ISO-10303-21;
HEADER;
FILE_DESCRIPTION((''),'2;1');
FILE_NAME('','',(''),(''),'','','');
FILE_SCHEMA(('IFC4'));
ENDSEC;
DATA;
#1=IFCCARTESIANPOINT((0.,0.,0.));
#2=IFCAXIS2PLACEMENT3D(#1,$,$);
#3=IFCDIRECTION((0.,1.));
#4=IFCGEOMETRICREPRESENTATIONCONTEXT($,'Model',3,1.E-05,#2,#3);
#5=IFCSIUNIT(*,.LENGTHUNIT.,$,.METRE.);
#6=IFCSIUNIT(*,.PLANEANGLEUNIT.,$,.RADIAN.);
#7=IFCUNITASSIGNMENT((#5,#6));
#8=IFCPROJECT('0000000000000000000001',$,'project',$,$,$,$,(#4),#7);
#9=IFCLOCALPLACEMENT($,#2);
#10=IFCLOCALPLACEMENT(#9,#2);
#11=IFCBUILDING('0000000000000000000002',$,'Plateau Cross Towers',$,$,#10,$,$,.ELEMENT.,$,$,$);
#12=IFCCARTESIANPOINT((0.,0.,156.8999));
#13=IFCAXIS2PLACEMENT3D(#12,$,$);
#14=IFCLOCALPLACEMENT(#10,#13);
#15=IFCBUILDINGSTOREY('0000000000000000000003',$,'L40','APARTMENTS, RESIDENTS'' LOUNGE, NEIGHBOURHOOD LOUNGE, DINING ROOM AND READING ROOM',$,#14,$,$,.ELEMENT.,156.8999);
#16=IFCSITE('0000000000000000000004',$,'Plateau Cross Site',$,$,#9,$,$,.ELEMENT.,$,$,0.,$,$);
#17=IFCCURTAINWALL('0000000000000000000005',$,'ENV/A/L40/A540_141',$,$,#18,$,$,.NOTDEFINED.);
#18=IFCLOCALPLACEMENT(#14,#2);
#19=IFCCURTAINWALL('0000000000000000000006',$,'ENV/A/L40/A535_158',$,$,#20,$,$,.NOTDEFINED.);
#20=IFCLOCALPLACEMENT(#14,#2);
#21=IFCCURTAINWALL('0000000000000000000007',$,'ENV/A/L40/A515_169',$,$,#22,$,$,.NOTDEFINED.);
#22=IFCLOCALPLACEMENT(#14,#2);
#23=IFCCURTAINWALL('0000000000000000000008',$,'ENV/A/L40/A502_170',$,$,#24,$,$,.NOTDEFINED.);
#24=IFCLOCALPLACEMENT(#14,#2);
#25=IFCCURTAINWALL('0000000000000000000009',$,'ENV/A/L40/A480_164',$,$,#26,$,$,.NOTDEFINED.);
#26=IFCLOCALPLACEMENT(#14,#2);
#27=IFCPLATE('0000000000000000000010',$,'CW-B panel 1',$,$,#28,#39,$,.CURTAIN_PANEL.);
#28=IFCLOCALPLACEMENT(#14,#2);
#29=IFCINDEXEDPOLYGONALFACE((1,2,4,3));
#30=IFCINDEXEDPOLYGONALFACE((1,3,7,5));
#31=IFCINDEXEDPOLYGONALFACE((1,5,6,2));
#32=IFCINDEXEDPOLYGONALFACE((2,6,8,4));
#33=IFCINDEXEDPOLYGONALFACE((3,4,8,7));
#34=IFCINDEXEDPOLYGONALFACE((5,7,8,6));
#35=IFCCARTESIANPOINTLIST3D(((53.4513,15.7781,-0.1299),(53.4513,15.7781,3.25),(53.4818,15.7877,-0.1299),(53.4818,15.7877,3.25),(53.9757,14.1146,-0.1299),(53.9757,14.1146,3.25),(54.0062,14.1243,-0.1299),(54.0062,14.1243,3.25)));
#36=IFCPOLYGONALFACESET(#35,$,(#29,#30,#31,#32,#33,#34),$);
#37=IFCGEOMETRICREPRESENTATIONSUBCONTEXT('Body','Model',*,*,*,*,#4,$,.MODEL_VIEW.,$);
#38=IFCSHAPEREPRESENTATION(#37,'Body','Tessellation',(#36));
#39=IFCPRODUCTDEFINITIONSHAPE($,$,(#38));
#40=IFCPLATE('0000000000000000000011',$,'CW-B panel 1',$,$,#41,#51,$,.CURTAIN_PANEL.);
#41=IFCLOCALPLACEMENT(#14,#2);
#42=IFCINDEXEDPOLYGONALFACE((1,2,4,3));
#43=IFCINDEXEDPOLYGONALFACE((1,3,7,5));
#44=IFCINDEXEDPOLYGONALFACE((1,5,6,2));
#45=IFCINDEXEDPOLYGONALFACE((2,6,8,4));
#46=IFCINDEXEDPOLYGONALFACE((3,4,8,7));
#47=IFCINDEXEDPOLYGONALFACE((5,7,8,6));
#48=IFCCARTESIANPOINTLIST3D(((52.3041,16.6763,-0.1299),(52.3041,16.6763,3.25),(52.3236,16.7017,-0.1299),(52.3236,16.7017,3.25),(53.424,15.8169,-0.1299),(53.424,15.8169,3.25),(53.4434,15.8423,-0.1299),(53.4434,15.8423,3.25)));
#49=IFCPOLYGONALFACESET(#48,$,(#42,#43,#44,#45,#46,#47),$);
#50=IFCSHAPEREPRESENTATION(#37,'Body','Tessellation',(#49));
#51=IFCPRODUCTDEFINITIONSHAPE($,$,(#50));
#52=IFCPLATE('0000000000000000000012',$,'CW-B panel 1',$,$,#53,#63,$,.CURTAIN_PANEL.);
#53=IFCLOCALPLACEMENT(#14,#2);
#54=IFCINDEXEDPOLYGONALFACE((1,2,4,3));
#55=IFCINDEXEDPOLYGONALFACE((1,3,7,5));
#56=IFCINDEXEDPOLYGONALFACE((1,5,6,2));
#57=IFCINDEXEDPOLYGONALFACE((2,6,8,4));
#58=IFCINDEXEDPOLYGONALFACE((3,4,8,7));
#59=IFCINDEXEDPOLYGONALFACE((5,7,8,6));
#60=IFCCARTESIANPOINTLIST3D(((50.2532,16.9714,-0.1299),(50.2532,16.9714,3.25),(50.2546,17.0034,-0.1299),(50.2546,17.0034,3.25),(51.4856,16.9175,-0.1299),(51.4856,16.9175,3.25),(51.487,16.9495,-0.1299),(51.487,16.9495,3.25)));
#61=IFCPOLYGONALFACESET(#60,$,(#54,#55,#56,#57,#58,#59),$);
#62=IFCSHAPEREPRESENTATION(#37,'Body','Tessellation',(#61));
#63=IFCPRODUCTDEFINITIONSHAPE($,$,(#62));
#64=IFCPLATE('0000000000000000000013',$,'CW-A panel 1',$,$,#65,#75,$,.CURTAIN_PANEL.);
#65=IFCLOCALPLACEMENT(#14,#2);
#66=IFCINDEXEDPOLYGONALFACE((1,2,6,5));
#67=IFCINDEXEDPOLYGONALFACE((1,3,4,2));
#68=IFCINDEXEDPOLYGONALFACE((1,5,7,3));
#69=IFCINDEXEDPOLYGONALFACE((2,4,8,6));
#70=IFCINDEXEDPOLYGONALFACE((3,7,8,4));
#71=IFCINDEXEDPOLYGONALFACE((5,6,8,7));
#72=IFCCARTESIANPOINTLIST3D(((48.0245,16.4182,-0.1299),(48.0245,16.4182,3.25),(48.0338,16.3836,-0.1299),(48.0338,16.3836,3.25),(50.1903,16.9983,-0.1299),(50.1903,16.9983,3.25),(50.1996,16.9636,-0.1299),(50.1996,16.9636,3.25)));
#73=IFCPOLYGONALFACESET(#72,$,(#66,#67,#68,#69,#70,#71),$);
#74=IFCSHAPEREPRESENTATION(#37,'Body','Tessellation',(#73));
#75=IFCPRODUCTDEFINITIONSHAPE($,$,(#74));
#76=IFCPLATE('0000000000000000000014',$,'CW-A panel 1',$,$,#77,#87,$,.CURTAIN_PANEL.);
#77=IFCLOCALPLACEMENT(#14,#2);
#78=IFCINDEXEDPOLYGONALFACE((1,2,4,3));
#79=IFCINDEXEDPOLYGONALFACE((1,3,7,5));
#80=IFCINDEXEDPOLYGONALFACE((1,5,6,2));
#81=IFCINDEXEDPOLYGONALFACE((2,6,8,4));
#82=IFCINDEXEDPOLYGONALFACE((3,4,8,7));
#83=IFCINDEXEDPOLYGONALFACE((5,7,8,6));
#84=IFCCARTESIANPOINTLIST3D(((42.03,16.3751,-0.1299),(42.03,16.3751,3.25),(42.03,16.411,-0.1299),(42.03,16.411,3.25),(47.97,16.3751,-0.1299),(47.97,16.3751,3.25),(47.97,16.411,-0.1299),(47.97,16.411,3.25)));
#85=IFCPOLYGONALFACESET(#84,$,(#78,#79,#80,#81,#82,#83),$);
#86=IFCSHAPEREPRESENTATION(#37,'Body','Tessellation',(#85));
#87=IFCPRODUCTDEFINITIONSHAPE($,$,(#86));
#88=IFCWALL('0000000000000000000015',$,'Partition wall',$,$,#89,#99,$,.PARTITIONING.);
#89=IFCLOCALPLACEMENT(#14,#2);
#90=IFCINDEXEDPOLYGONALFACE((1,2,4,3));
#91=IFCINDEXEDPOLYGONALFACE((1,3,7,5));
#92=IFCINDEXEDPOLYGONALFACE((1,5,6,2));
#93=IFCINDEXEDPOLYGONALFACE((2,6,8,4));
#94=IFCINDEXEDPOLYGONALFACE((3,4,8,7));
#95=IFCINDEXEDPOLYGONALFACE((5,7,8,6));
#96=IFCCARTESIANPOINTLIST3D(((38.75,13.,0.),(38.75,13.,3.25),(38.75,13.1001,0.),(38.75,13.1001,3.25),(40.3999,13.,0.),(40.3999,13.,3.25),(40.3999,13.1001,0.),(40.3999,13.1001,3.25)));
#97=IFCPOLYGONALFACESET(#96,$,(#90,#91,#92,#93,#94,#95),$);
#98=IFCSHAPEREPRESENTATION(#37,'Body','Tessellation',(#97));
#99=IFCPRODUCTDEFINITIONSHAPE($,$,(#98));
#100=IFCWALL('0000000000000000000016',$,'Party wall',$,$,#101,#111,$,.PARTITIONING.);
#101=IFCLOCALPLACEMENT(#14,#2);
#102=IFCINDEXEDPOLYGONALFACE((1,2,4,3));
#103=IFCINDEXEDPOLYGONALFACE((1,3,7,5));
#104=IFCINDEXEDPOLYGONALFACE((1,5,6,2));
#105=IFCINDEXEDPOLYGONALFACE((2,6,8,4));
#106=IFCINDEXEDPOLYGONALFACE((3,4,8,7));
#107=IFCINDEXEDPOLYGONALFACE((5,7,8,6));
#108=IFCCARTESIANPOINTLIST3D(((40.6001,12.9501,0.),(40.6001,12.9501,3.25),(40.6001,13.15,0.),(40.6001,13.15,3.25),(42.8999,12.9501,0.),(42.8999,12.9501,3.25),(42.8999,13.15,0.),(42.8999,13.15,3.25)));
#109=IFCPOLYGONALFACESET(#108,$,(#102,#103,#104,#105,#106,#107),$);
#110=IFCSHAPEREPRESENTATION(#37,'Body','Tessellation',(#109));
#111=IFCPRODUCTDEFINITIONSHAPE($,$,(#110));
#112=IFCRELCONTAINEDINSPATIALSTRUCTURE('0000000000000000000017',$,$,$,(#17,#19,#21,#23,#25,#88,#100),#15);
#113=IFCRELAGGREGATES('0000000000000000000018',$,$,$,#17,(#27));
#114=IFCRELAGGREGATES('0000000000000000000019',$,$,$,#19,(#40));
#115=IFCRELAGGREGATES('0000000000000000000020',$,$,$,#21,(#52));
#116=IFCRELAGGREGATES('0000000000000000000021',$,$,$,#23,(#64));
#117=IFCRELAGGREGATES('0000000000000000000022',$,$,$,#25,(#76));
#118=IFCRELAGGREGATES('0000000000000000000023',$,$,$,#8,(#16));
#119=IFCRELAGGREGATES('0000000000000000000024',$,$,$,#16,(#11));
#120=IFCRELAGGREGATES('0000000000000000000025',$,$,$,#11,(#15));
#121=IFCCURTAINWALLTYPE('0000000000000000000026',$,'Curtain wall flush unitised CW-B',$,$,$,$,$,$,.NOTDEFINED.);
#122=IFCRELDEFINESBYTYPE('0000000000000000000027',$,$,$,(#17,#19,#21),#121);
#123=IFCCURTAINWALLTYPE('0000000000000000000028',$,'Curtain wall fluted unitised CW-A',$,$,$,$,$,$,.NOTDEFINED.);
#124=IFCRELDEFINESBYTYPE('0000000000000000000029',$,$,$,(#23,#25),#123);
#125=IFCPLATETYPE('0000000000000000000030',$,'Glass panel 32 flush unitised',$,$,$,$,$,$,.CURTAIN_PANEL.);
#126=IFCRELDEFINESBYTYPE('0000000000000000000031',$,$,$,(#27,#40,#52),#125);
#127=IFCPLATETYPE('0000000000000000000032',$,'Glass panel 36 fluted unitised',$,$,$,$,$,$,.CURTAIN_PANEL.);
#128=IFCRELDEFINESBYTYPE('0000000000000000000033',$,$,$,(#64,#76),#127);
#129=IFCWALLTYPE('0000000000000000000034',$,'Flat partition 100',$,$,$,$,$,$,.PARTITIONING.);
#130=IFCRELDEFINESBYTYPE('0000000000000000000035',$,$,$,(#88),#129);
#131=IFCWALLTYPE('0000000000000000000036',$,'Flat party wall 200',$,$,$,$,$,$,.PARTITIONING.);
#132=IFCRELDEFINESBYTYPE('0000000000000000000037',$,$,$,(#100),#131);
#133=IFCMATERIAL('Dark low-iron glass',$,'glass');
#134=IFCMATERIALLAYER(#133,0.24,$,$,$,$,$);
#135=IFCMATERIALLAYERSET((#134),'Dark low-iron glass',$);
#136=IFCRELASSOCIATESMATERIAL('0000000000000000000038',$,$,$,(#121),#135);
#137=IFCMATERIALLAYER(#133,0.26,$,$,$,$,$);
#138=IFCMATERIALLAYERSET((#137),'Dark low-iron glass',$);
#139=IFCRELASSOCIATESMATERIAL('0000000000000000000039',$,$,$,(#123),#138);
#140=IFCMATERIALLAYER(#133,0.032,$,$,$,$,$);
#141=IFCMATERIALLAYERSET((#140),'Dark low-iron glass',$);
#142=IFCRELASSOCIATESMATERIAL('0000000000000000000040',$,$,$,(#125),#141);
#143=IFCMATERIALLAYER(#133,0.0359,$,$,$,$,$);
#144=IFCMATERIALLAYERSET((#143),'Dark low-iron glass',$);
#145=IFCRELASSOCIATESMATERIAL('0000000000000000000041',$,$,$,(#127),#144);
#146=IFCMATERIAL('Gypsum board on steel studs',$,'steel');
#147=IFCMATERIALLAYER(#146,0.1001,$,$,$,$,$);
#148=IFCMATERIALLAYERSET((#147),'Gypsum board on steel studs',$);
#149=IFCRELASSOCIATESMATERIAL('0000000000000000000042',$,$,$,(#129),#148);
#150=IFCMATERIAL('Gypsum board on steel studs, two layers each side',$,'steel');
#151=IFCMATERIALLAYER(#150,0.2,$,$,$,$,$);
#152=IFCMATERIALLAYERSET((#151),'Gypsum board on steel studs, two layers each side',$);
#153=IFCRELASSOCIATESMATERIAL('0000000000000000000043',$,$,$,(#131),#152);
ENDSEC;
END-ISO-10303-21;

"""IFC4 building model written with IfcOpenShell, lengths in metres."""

from ifc_helpers import new_model, si_unit, direction, frame, frame_2d, origin, origin_2d, place, context, subcontext, project, spatial, rectangle, extrude, material, layer, layer_set, type_object, element, aggregate, save


model = new_model("IFC4")

# Units and contexts
model_context = context("Model", 3, precision=1e-05, world=origin(), true_north=direction((0.0, 1.0)))
body_context = subcontext(model_context, "Body", "Model", "MODEL_VIEW")
ifc_project = project(units=[si_unit("LENGTHUNIT", "METRE"), si_unit("PLANEANGLEUNIT", "RADIAN")], contexts=[model_context])

# Site, building, storey
site_placement = place(None, origin())
site = spatial("IfcSite", under=ifc_project, at=site_placement, Name="Plateau Cross Site", CompositionType="ELEMENT", RefElevation=0.0)
building_placement = place(site_placement, origin())
building = spatial("IfcBuilding", under=site, at=building_placement, Name="Plateau Cross Towers", CompositionType="ELEMENT")
storey_placement = place(building_placement, frame((0.0, 0.0, 156.8999)))
storey = spatial("IfcBuildingStorey", under=building, at=storey_placement, Name="L40", Description="APARTMENTS, RESIDENTS' LOUNGE, NEIGHBOURHOOD LOUNGE, DINING ROOM AND READING ROOM", CompositionType="ELEMENT", Elevation=156.8999)

# Curtain wall
ifc_material_1 = material(Name="Dark low-iron glass", Category="glass")
ifc_layer_1 = layer(ifc_material_1, 0.24)
ifc_layer_set_1 = layer_set([ifc_layer_1], Name="Dark low-iron glass")
curtain_wall_type_1 = type_object("IfcCurtainWallType", Name="Curtain wall flush unitised CW-B", PredefinedType="NOTDEFINED", material=ifc_layer_set_1)
curtain_wall_1_placement = place(storey_placement, origin())
curtain_wall_1 = element("IfcCurtainWall", 1, at=curtain_wall_1_placement, inside=storey, type_object=curtain_wall_type_1, Name="ENV/A/L40/A540_141", PredefinedType="NOTDEFINED")

# Curtain wall
curtain_wall_2_placement = place(storey_placement, origin())
curtain_wall_2 = element("IfcCurtainWall", 2, at=curtain_wall_2_placement, inside=storey, type_object=curtain_wall_type_1, Name="ENV/A/L40/A535_158", PredefinedType="NOTDEFINED")

# Curtain walls
curtain_wall_3_placement = place(storey_placement, origin())
curtain_wall_3 = element("IfcCurtainWall", 3, at=curtain_wall_3_placement, inside=storey, type_object=curtain_wall_type_1, Name="ENV/A/L40/A515_169", PredefinedType="NOTDEFINED")
ifc_layer_2 = layer(ifc_material_1, 0.26)
ifc_layer_set_2 = layer_set([ifc_layer_2], Name="Dark low-iron glass")
curtain_wall_type_2 = type_object("IfcCurtainWallType", Name="Curtain wall fluted unitised CW-A", PredefinedType="NOTDEFINED", material=ifc_layer_set_2)
curtain_wall_4_placement = place(storey_placement, origin())
curtain_wall_4 = element("IfcCurtainWall", 4, at=curtain_wall_4_placement, inside=storey, type_object=curtain_wall_type_2, Name="ENV/A/L40/A502_170", PredefinedType="NOTDEFINED")
curtain_wall_5_placement = place(storey_placement, origin())
curtain_wall_5 = element("IfcCurtainWall", 5, at=curtain_wall_5_placement, inside=storey, type_object=curtain_wall_type_2, Name="ENV/A/L40/A480_164", PredefinedType="NOTDEFINED")

# Plates
ifc_layer_3 = layer(ifc_material_1, 0.032)
ifc_layer_set_3 = layer_set([ifc_layer_3], Name="Dark low-iron glass")
plate_type_1 = type_object("IfcPlateType", Name="Glass panel 32 flush unitised", PredefinedType="CURTAIN_PANEL", material=ifc_layer_set_3)
plate_1_placement = place(storey_placement, frame((53.7288, 14.9512, -0.1299), z_axis=(0.0, 0.0, 1.0), x_axis=(-0.300686, 0.953723, 0.0)))
plate_1 = element("IfcPlate", 6, at=plate_1_placement, type_object=plate_type_1, Name="CW-B panel 1", PredefinedType="CURTAIN_PANEL", context=body_context, shape_type="SweptSolid", body=[
    extrude(rectangle(XDim=1.7441, YDim=0.032, at=origin_2d()), origin(), (0.0, 0.0, 1.0), 3.3799),
])
aggregate(curtain_wall_1, [plate_1])
plate_2_placement = place(storey_placement, frame((52.8738, 16.2593, -0.1299), z_axis=(0.0, 0.0, 1.0), x_axis=(-0.793316, 0.608811, 0.0)))
plate_2 = element("IfcPlate", 7, at=plate_2_placement, type_object=plate_type_1, Name="CW-B panel 1", PredefinedType="CURTAIN_PANEL", context=body_context, shape_type="SweptSolid", body=[
    extrude(rectangle(XDim=1.4116, YDim=0.032, at=origin_2d()), origin(), (0.0, 0.0, 1.0), 3.3799),
])
aggregate(curtain_wall_2, [plate_2])
plate_3_placement = place(storey_placement, frame((50.8701, 16.9604, -0.1299), z_axis=(0.0, 0.0, 1.0), x_axis=(-0.999044, 0.043723, 0.0)))
plate_3 = element("IfcPlate", 8, at=plate_3_placement, type_object=plate_type_1, Name="CW-B panel 1", PredefinedType="CURTAIN_PANEL", context=body_context, shape_type="SweptSolid", body=[
    extrude(rectangle(XDim=1.2336, YDim=0.032, at=origin_2d()), origin(), (0.0, 0.0, 1.0), 3.3799),
])
aggregate(curtain_wall_3, [plate_3])
ifc_layer_4 = layer(ifc_material_1, 0.0359)
ifc_layer_set_4 = layer_set([ifc_layer_4], Name="Dark low-iron glass")
plate_type_2 = type_object("IfcPlateType", Name="Glass panel 36 fluted unitised", PredefinedType="CURTAIN_PANEL", material=ifc_layer_set_4)
plate_4_placement = place(storey_placement, frame((49.1121, 16.6909, -0.1299), z_axis=(0.0, 0.0, 1.0), x_axis=(-0.965958, -0.258699, 0.0)))
plate_4 = element("IfcPlate", 9, at=plate_4_placement, type_object=plate_type_2, Name="CW-A panel 1", PredefinedType="CURTAIN_PANEL", context=body_context, shape_type="SweptSolid", body=[
    extrude(rectangle(XDim=2.2422, YDim=0.0359, at=origin_2d()), origin(), (0.0, 0.0, 1.0), 3.3799),
])
aggregate(curtain_wall_4, [plate_4])
plate_5_placement = place(storey_placement, frame((45.0, 16.3931, -0.1299), z_axis=(0.0, 0.0, 1.0), x_axis=(-1.0, 0.0, 0.0)))
plate_5 = element("IfcPlate", 10, at=plate_5_placement, type_object=plate_type_2, Name="CW-A panel 1", PredefinedType="CURTAIN_PANEL", context=body_context, shape_type="SweptSolid", body=[
    extrude(rectangle(XDim=5.9399, YDim=0.0359, at=origin_2d()), origin(), (0.0, 0.0, 1.0), 3.3799),
])
aggregate(curtain_wall_5, [plate_5])

# Walls
ifc_material_2 = material(Name="Gypsum board on steel studs", Category="steel")
ifc_layer_5 = layer(ifc_material_2, 0.1001)
ifc_layer_set_5 = layer_set([ifc_layer_5], Name="Gypsum board on steel studs")
wall_type_1 = type_object("IfcWallType", Name="Flat partition 100", PredefinedType="PARTITIONING", material=ifc_layer_set_5)
wall_1_placement = place(storey_placement, frame((40.3999, 13.05, 0.0), z_axis=(0.0, 0.0, 1.0), x_axis=(-1.0, 0.0, 0.0)))
element("IfcWall", 11, at=wall_1_placement, inside=storey, type_object=wall_type_1, Name="Partition wall", PredefinedType="PARTITIONING", context=body_context, shape_type="SweptSolid", body=[
    extrude(rectangle(XDim=1.6499, YDim=0.1001, at=frame_2d((0.825, 0.0))), origin(), (0.0, 0.0, 1.0), 3.25),
])
ifc_material_3 = material(Name="Gypsum board on steel studs, two layers each side", Category="steel")
ifc_layer_6 = layer(ifc_material_3, 0.2)
ifc_layer_set_6 = layer_set([ifc_layer_6], Name="Gypsum board on steel studs, two layers each side")
wall_type_2 = type_object("IfcWallType", Name="Flat party wall 200", PredefinedType="PARTITIONING", material=ifc_layer_set_6)
wall_2_placement = place(storey_placement, frame((42.8999, 13.05, 0.0), z_axis=(0.0, 0.0, 1.0), x_axis=(-1.0, 0.0, 0.0)))
element("IfcWall", 12, at=wall_2_placement, inside=storey, type_object=wall_type_2, Name="Party wall", PredefinedType="PARTITIONING", context=body_context, shape_type="SweptSolid", body=[
    extrude(rectangle(XDim=2.2998, YDim=0.2, at=frame_2d((1.1499, 0.0))), origin(), (0.0, 0.0, 1.0), 3.25),
])

save(model, "model.ifc")
